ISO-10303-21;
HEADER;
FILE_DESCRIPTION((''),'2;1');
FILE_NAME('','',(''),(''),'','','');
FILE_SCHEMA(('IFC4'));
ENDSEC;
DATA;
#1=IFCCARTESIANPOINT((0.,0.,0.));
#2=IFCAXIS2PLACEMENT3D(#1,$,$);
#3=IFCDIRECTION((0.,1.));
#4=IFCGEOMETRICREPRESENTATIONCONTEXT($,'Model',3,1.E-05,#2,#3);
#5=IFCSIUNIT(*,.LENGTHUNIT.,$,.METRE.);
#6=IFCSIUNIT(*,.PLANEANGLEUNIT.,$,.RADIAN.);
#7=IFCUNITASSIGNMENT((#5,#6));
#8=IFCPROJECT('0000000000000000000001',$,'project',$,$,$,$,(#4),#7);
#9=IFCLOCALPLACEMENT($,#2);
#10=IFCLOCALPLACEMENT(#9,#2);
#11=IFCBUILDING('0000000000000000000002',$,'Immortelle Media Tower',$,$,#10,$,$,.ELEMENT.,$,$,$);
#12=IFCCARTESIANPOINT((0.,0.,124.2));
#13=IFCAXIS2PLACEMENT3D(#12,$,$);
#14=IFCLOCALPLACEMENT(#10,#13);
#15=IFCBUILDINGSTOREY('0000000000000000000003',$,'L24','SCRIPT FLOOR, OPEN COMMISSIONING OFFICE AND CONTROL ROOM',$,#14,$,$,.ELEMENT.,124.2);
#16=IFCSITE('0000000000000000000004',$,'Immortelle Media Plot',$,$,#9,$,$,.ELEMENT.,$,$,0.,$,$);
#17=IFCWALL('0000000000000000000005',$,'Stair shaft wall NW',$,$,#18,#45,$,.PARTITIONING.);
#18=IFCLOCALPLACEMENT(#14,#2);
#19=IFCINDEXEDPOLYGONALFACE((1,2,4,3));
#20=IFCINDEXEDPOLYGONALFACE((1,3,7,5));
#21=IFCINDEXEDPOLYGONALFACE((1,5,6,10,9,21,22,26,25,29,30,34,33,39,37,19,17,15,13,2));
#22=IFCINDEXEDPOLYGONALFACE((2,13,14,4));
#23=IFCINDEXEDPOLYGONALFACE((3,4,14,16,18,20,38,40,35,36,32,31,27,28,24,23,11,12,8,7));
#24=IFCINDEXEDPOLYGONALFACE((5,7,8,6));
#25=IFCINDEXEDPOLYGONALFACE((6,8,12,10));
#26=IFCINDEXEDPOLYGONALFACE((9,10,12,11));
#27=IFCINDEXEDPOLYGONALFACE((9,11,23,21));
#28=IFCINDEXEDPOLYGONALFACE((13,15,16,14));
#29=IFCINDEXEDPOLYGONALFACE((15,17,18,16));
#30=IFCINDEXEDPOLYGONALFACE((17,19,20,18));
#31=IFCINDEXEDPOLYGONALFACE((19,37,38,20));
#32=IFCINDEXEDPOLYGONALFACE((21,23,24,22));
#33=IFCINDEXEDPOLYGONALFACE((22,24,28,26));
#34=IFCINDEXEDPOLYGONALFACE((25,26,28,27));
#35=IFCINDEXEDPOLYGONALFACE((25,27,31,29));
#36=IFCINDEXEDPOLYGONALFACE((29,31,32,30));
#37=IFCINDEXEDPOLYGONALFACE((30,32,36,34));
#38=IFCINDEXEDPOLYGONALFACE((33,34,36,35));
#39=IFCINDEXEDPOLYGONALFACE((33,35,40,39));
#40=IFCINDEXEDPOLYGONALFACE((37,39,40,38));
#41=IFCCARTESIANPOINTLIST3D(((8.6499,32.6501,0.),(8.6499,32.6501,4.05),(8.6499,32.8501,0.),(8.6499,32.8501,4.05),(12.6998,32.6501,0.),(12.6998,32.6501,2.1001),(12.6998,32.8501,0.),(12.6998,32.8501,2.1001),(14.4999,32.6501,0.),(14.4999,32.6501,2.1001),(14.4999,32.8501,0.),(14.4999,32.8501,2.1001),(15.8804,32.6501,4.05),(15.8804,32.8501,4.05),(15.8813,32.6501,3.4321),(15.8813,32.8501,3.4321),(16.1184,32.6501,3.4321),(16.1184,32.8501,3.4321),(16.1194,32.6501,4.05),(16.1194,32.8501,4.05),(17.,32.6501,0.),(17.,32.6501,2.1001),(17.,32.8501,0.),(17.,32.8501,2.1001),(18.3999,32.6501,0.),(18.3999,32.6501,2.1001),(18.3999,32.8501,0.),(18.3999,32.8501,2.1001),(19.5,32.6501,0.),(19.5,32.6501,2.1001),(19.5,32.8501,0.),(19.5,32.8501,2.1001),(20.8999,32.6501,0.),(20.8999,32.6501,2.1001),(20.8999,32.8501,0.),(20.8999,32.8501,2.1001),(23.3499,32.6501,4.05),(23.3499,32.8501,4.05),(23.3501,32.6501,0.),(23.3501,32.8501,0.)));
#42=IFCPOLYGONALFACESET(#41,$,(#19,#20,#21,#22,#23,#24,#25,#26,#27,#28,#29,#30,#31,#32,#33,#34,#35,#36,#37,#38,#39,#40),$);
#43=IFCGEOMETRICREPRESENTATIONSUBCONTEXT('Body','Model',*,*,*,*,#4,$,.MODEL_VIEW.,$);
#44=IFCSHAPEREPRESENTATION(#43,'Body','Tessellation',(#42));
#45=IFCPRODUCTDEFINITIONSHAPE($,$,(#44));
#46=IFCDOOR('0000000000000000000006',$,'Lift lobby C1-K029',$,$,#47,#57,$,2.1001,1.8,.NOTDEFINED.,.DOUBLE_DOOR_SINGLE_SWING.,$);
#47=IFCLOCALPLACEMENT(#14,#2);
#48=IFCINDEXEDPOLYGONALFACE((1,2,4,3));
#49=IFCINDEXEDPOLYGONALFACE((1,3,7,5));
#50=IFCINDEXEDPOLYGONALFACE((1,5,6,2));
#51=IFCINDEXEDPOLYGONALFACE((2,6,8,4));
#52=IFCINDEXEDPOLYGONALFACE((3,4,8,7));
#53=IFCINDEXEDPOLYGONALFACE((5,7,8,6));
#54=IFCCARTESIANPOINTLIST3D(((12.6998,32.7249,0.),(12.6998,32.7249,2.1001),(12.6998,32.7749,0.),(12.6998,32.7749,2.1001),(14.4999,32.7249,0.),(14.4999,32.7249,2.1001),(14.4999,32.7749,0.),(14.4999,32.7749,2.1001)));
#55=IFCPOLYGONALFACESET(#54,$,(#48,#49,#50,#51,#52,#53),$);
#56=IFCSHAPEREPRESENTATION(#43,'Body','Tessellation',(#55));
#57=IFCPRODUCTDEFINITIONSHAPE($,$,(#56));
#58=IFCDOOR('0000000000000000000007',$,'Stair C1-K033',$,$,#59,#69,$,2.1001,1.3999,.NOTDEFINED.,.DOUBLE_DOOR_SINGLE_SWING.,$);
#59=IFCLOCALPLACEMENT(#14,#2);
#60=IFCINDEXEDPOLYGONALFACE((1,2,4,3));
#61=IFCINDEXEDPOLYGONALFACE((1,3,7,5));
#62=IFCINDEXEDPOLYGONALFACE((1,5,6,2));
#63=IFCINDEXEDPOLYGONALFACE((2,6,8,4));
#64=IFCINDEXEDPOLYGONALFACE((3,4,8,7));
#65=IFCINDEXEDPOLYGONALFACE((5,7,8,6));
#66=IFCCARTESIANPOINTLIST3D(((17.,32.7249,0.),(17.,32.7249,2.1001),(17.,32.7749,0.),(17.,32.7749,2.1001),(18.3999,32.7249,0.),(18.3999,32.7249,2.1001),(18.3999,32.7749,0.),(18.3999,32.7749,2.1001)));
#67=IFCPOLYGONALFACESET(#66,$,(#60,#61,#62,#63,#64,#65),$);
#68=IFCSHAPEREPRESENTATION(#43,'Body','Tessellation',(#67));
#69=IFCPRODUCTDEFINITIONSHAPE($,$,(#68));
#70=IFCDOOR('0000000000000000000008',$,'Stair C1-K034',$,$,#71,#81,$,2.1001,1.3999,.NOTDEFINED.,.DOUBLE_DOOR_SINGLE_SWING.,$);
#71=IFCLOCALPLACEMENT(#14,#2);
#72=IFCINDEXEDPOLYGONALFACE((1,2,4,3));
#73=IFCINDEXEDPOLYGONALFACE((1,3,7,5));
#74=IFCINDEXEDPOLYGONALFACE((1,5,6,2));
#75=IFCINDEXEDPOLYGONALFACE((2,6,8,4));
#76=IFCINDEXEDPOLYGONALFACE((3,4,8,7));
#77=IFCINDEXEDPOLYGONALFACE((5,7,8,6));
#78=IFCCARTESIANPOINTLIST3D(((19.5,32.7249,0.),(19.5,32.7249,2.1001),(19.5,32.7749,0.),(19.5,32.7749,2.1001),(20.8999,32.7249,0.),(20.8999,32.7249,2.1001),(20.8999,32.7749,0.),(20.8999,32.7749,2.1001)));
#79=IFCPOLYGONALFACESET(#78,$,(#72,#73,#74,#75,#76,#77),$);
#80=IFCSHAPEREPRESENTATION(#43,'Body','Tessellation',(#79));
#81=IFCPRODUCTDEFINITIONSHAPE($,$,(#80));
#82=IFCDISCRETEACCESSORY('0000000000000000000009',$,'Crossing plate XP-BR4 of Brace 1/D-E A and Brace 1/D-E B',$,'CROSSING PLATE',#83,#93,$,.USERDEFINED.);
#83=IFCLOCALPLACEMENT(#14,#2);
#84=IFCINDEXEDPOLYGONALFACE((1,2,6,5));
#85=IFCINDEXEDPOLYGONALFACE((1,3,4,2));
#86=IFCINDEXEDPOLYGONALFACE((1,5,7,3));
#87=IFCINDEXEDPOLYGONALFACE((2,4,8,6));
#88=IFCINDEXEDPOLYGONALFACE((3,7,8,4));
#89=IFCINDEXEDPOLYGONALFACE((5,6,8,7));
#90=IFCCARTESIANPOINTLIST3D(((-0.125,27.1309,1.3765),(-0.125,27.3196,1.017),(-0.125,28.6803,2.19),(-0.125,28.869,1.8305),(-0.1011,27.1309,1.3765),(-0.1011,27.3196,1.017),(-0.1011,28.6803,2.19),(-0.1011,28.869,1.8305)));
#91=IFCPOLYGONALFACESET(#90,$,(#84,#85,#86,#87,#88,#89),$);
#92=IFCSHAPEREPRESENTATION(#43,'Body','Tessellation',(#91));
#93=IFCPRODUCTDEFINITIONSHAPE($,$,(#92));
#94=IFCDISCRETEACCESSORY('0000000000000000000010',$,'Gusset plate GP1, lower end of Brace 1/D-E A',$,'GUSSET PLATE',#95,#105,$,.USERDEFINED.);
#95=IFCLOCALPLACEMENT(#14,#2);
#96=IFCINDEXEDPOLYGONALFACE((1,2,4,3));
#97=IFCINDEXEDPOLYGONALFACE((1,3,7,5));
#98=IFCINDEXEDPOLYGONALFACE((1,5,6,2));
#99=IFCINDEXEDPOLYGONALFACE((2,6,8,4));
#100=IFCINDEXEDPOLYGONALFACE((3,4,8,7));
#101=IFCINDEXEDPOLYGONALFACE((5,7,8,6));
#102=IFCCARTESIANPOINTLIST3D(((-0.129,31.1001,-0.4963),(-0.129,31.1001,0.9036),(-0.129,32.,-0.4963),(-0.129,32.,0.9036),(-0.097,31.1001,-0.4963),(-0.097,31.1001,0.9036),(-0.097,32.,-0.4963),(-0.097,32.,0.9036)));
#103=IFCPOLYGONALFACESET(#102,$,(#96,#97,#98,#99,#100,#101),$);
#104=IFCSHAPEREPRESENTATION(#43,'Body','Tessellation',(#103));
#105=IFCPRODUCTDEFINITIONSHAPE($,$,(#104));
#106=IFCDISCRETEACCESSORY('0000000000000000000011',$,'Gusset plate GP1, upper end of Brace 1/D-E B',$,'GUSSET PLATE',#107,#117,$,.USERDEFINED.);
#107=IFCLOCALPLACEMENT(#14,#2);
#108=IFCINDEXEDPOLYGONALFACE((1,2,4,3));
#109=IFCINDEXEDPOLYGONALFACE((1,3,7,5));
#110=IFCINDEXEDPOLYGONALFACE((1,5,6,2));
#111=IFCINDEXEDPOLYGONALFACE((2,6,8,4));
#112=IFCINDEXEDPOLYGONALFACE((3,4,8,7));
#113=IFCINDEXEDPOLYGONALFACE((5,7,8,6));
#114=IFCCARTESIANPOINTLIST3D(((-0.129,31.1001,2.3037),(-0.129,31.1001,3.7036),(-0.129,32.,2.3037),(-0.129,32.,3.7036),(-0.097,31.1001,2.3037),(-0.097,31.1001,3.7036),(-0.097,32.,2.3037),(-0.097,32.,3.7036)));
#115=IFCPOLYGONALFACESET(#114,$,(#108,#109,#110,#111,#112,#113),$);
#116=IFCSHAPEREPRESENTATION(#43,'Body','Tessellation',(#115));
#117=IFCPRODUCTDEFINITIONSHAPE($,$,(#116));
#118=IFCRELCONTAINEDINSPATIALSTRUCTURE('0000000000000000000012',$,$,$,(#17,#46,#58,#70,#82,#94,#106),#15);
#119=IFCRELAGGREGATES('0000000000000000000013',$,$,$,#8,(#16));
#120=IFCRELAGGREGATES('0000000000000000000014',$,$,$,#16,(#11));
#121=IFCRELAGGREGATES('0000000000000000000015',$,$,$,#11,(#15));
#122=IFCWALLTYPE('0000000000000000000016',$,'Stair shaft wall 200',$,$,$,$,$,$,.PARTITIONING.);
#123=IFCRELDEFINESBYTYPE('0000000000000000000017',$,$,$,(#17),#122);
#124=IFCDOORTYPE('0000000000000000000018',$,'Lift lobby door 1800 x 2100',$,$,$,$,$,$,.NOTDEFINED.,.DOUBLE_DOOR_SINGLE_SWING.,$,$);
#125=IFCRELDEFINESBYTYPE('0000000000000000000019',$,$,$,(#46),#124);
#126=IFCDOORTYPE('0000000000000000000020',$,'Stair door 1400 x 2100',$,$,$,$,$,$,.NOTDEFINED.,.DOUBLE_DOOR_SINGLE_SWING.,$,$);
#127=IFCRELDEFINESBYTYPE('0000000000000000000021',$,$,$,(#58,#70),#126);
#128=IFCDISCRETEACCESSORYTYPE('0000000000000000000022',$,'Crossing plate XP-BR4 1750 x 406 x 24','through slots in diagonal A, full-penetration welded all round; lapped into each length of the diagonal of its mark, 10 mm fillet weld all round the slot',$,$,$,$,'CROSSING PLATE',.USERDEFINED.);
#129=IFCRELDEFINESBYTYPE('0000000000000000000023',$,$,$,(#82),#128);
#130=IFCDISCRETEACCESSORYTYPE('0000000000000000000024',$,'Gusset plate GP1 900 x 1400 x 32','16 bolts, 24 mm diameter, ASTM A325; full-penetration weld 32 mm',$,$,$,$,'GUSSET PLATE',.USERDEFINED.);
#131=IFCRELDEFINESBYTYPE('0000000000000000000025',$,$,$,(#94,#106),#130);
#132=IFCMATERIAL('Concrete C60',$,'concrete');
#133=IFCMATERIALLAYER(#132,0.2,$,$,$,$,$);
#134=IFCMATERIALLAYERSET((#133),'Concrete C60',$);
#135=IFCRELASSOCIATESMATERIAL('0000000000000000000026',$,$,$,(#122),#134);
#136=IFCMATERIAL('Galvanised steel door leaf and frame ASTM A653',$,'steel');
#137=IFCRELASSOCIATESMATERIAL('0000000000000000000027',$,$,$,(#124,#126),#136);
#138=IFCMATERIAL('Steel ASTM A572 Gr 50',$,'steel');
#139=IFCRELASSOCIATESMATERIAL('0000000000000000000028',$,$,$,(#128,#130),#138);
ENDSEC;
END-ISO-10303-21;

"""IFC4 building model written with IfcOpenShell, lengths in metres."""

from ifc_helpers import new_model, si_unit, direction, frame, frame_2d, origin, origin_2d, place, context, subcontext, project, spatial, polyline, rectangle, outline, extrude, material, layer, layer_set, material_profile, profile_set, type_object, element, fill, save


model = new_model("IFC4")

# Units and contexts
model_context = context("Model", 3, precision=1e-05, world=origin(), true_north=direction((0.0, 1.0)))
body_context = subcontext(model_context, "Body", "Model", "MODEL_VIEW")
ifc_project = project(units=[si_unit("LENGTHUNIT", "METRE"), si_unit("PLANEANGLEUNIT", "RADIAN")], contexts=[model_context])

# Site, building, storey
site_placement = place(None, origin())
site = spatial("IfcSite", under=ifc_project, at=site_placement, Name="Immortelle Media Plot", CompositionType="ELEMENT", RefElevation=0.0)
building_placement = place(site_placement, origin())
building = spatial("IfcBuilding", under=site, at=building_placement, Name="Immortelle Media Tower", CompositionType="ELEMENT")
storey_placement = place(building_placement, frame((0.0, 0.0, 124.2)))
storey = spatial("IfcBuildingStorey", under=building, at=storey_placement, Name="L24", Description="SCRIPT FLOOR, OPEN COMMISSIONING OFFICE AND CONTROL ROOM", CompositionType="ELEMENT", Elevation=124.2)

# Wall, openings, doors
ifc_material_1 = material(Name="Concrete C60", Category="concrete")
ifc_layer_1 = layer(ifc_material_1, 0.2)
ifc_layer_set_1 = layer_set([ifc_layer_1], Name="Concrete C60")
wall_type_1 = type_object("IfcWallType", Name="Stair shaft wall 200", PredefinedType="PARTITIONING", material=ifc_layer_set_1)
wall_1_placement = place(storey_placement, frame((8.6499, 32.75, 0.0), z_axis=(0.0, 0.0, 1.0), x_axis=(1.0, 0.0, 0.0)))
wall_1 = element("IfcWall", 1, at=wall_1_placement, inside=storey, type_object=wall_type_1, Name="Stair shaft wall NW", PredefinedType="PARTITIONING", context=body_context, shape_type="SweptSolid", body=[
    extrude(outline(polyline([(0.0, 0.0), (14.7002, 0.0), (14.7, 4.05), (7.4695, 4.05), (7.4685, 3.4321), (7.2314, 3.4321), (7.2305, 4.05), (0.0, 4.05), (0.0, 0.0)])), frame((0.0, 0.1001, 0.0), z_axis=(0.0, -1.0, 0.0), x_axis=(1.0, 0.0, 0.0)), (0.0, 0.0, 1.0), 0.2),
])
opening_1_placement = place(wall_1_placement, frame((4.05, 0.0, 0.0)))
opening_1 = element("IfcOpeningElement", 2, at=opening_1_placement, cuts=wall_1, PredefinedType="OPENING", context=body_context, shape_type="SweptSolid", body=[
    extrude(rectangle(XDim=1.8, YDim=2.1001, at=frame_2d((0.8999, 1.05))), frame((0.0, 0.1099, 0.0), z_axis=(0.0, -1.0, 0.0), x_axis=(1.0, 0.0, 0.0)), (0.0, 0.0, 1.0), 0.22),
])
opening_2_placement = place(wall_1_placement, frame((8.3501, 0.0, 0.0)))
opening_2 = element("IfcOpeningElement", 3, at=opening_2_placement, cuts=wall_1, PredefinedType="OPENING", context=body_context, shape_type="SweptSolid", body=[
    extrude(rectangle(XDim=1.3999, YDim=2.1001, at=frame_2d((0.7, 1.05))), frame((0.0, 0.1099, 0.0), z_axis=(0.0, -1.0, 0.0), x_axis=(1.0, 0.0, 0.0)), (0.0, 0.0, 1.0), 0.22),
])
opening_3_placement = place(wall_1_placement, frame((10.8501, 0.0, 0.0)))
opening_3 = element("IfcOpeningElement", 4, at=opening_3_placement, cuts=wall_1, PredefinedType="OPENING", context=body_context, shape_type="SweptSolid", body=[
    extrude(rectangle(XDim=1.3999, YDim=2.1001, at=frame_2d((0.7, 1.05))), frame((0.0, 0.1099, 0.0), z_axis=(0.0, -1.0, 0.0), x_axis=(1.0, 0.0, 0.0)), (0.0, 0.0, 1.0), 0.22),
])
ifc_material_2 = material(Name="Galvanised steel door leaf and frame ASTM A653", Category="steel")
door_type_1 = type_object("IfcDoorType", Name="Lift lobby door 1800 x 2100", OperationType="DOUBLE_DOOR_SINGLE_SWING", PredefinedType="NOTDEFINED", material=ifc_material_2)
door_1_placement = place(opening_1_placement, origin())
door_1 = element("IfcDoor", 5, at=door_1_placement, inside=storey, type_object=door_type_1, Name="Lift lobby C1-K029", OperationType="DOUBLE_DOOR_SINGLE_SWING", OverallHeight=2.1001, OverallWidth=1.8, PredefinedType="NOTDEFINED", context=body_context, shape_type="SweptSolid", body=[
    extrude(rectangle(XDim=1.8, YDim=2.1001, at=frame_2d((0.8999, 1.05))), frame((0.0, 0.0249, 0.0), z_axis=(0.0, -1.0, 0.0), x_axis=(1.0, 0.0, 0.0)), (0.0, 0.0, 1.0), 0.05),
])
fill(opening_1, door_1)
door_type_2 = type_object("IfcDoorType", Name="Stair door 1400 x 2100", OperationType="DOUBLE_DOOR_SINGLE_SWING", PredefinedType="NOTDEFINED", material=ifc_material_2)
door_2_placement = place(opening_2_placement, origin())
door_2 = element("IfcDoor", 6, at=door_2_placement, inside=storey, type_object=door_type_2, Name="Stair C1-K033", OperationType="DOUBLE_DOOR_SINGLE_SWING", OverallHeight=2.1001, OverallWidth=1.3999, PredefinedType="NOTDEFINED", context=body_context, shape_type="SweptSolid", body=[
    extrude(rectangle(XDim=1.3999, YDim=2.1001, at=frame_2d((0.7, 1.05))), frame((0.0, 0.0249, 0.0), z_axis=(0.0, -1.0, 0.0), x_axis=(1.0, 0.0, 0.0)), (0.0, 0.0, 1.0), 0.05),
])
fill(opening_2, door_2)
door_3_placement = place(opening_3_placement, origin())
door_3 = element("IfcDoor", 7, at=door_3_placement, inside=storey, type_object=door_type_2, Name="Stair C1-K034", OperationType="DOUBLE_DOOR_SINGLE_SWING", OverallHeight=2.1001, OverallWidth=1.3999, PredefinedType="NOTDEFINED", context=body_context, shape_type="SweptSolid", body=[
    extrude(rectangle(XDim=1.3999, YDim=2.1001, at=frame_2d((0.7, 1.05))), frame((0.0, 0.0249, 0.0), z_axis=(0.0, -1.0, 0.0), x_axis=(1.0, 0.0, 0.0)), (0.0, 0.0, 1.0), 0.05),
])
fill(opening_3, door_3)

# Discrete accessories
ifc_material_3 = material(Name="Steel ASTM A572 Gr 50", Category="steel")
ifc_material_profile_1 = material_profile(ifc_material_3, rectangle(XDim=0.0239, YDim=0.406, at=origin_2d()), Name="PL 24 x 406")
ifc_profile_set_1 = profile_set([ifc_material_profile_1], Name="Steel ASTM A572 Gr 50")
discrete_accessory_type_1 = type_object("IfcDiscreteAccessoryType", Name="Crossing plate XP-BR4 1750 x 406 x 24", Description="through slots in diagonal A, full-penetration welded all round; lapped into each length of the diagonal of its mark, 10 mm fillet weld all round the slot", ElementType="CROSSING PLATE", PredefinedType="USERDEFINED", material=ifc_profile_set_1)
discrete_accessory_placement = place(storey_placement, frame((-0.113, 28.7747, 2.0103), z_axis=(0.0, -0.885378, -0.464872), x_axis=(1.0, 0.0, 0.0)))
element("IfcDiscreteAccessory", 8, at=discrete_accessory_placement, inside=storey, type_object=discrete_accessory_type_1, Name="Crossing plate XP-BR4 of Brace 1/D-E A and Brace 1/D-E B", ObjectType="CROSSING PLATE", PredefinedType="USERDEFINED", context=body_context, shape_type="SweptSolid", body=[
    extrude(rectangle(XDim=0.0239, YDim=0.406, at=origin_2d()), origin(), (0.0, 0.0, 1.0), 1.75),
])
ifc_material_profile_2 = material_profile(ifc_material_3, rectangle(XDim=0.032, YDim=1.3999, at=origin_2d()), Name="PL 32 x 1400")
ifc_profile_set_2 = profile_set([ifc_material_profile_2], Name="Steel ASTM A572 Gr 50")
discrete_accessory_type_2 = type_object("IfcDiscreteAccessoryType", Name="Gusset plate GP1 900 x 1400 x 32", Description="16 bolts, 24 mm diameter, ASTM A325; full-penetration weld 32 mm", ElementType="GUSSET PLATE", PredefinedType="USERDEFINED", material=ifc_profile_set_2)
for number, where, z_axis, x_axis, name in (
    (9, (-0.113, 32.0, 0.2036), (0.0, -1.0, 0.0), (1.0, 0.0, 0.0), "Gusset plate GP1, lower end of Brace 1/D-E A"),
    (10, (-0.113, 32.0, 3.0037), (0.0, -1.0, 0.0), (1.0, 0.0, 0.0), "Gusset plate GP1, upper end of Brace 1/D-E B"),
):
    element("IfcDiscreteAccessory", number, at=place(storey_placement, frame(where, z_axis=z_axis, x_axis=x_axis)), inside=storey, type_object=discrete_accessory_type_2, Name=name, ObjectType="GUSSET PLATE", PredefinedType="USERDEFINED", context=body_context, shape_type="SweptSolid", body=[
        extrude(rectangle(XDim=0.032, YDim=1.3999, at=origin_2d()), origin(), (0.0, 0.0, 1.0), 0.8999),
    ])

save(model, "model.ifc")
